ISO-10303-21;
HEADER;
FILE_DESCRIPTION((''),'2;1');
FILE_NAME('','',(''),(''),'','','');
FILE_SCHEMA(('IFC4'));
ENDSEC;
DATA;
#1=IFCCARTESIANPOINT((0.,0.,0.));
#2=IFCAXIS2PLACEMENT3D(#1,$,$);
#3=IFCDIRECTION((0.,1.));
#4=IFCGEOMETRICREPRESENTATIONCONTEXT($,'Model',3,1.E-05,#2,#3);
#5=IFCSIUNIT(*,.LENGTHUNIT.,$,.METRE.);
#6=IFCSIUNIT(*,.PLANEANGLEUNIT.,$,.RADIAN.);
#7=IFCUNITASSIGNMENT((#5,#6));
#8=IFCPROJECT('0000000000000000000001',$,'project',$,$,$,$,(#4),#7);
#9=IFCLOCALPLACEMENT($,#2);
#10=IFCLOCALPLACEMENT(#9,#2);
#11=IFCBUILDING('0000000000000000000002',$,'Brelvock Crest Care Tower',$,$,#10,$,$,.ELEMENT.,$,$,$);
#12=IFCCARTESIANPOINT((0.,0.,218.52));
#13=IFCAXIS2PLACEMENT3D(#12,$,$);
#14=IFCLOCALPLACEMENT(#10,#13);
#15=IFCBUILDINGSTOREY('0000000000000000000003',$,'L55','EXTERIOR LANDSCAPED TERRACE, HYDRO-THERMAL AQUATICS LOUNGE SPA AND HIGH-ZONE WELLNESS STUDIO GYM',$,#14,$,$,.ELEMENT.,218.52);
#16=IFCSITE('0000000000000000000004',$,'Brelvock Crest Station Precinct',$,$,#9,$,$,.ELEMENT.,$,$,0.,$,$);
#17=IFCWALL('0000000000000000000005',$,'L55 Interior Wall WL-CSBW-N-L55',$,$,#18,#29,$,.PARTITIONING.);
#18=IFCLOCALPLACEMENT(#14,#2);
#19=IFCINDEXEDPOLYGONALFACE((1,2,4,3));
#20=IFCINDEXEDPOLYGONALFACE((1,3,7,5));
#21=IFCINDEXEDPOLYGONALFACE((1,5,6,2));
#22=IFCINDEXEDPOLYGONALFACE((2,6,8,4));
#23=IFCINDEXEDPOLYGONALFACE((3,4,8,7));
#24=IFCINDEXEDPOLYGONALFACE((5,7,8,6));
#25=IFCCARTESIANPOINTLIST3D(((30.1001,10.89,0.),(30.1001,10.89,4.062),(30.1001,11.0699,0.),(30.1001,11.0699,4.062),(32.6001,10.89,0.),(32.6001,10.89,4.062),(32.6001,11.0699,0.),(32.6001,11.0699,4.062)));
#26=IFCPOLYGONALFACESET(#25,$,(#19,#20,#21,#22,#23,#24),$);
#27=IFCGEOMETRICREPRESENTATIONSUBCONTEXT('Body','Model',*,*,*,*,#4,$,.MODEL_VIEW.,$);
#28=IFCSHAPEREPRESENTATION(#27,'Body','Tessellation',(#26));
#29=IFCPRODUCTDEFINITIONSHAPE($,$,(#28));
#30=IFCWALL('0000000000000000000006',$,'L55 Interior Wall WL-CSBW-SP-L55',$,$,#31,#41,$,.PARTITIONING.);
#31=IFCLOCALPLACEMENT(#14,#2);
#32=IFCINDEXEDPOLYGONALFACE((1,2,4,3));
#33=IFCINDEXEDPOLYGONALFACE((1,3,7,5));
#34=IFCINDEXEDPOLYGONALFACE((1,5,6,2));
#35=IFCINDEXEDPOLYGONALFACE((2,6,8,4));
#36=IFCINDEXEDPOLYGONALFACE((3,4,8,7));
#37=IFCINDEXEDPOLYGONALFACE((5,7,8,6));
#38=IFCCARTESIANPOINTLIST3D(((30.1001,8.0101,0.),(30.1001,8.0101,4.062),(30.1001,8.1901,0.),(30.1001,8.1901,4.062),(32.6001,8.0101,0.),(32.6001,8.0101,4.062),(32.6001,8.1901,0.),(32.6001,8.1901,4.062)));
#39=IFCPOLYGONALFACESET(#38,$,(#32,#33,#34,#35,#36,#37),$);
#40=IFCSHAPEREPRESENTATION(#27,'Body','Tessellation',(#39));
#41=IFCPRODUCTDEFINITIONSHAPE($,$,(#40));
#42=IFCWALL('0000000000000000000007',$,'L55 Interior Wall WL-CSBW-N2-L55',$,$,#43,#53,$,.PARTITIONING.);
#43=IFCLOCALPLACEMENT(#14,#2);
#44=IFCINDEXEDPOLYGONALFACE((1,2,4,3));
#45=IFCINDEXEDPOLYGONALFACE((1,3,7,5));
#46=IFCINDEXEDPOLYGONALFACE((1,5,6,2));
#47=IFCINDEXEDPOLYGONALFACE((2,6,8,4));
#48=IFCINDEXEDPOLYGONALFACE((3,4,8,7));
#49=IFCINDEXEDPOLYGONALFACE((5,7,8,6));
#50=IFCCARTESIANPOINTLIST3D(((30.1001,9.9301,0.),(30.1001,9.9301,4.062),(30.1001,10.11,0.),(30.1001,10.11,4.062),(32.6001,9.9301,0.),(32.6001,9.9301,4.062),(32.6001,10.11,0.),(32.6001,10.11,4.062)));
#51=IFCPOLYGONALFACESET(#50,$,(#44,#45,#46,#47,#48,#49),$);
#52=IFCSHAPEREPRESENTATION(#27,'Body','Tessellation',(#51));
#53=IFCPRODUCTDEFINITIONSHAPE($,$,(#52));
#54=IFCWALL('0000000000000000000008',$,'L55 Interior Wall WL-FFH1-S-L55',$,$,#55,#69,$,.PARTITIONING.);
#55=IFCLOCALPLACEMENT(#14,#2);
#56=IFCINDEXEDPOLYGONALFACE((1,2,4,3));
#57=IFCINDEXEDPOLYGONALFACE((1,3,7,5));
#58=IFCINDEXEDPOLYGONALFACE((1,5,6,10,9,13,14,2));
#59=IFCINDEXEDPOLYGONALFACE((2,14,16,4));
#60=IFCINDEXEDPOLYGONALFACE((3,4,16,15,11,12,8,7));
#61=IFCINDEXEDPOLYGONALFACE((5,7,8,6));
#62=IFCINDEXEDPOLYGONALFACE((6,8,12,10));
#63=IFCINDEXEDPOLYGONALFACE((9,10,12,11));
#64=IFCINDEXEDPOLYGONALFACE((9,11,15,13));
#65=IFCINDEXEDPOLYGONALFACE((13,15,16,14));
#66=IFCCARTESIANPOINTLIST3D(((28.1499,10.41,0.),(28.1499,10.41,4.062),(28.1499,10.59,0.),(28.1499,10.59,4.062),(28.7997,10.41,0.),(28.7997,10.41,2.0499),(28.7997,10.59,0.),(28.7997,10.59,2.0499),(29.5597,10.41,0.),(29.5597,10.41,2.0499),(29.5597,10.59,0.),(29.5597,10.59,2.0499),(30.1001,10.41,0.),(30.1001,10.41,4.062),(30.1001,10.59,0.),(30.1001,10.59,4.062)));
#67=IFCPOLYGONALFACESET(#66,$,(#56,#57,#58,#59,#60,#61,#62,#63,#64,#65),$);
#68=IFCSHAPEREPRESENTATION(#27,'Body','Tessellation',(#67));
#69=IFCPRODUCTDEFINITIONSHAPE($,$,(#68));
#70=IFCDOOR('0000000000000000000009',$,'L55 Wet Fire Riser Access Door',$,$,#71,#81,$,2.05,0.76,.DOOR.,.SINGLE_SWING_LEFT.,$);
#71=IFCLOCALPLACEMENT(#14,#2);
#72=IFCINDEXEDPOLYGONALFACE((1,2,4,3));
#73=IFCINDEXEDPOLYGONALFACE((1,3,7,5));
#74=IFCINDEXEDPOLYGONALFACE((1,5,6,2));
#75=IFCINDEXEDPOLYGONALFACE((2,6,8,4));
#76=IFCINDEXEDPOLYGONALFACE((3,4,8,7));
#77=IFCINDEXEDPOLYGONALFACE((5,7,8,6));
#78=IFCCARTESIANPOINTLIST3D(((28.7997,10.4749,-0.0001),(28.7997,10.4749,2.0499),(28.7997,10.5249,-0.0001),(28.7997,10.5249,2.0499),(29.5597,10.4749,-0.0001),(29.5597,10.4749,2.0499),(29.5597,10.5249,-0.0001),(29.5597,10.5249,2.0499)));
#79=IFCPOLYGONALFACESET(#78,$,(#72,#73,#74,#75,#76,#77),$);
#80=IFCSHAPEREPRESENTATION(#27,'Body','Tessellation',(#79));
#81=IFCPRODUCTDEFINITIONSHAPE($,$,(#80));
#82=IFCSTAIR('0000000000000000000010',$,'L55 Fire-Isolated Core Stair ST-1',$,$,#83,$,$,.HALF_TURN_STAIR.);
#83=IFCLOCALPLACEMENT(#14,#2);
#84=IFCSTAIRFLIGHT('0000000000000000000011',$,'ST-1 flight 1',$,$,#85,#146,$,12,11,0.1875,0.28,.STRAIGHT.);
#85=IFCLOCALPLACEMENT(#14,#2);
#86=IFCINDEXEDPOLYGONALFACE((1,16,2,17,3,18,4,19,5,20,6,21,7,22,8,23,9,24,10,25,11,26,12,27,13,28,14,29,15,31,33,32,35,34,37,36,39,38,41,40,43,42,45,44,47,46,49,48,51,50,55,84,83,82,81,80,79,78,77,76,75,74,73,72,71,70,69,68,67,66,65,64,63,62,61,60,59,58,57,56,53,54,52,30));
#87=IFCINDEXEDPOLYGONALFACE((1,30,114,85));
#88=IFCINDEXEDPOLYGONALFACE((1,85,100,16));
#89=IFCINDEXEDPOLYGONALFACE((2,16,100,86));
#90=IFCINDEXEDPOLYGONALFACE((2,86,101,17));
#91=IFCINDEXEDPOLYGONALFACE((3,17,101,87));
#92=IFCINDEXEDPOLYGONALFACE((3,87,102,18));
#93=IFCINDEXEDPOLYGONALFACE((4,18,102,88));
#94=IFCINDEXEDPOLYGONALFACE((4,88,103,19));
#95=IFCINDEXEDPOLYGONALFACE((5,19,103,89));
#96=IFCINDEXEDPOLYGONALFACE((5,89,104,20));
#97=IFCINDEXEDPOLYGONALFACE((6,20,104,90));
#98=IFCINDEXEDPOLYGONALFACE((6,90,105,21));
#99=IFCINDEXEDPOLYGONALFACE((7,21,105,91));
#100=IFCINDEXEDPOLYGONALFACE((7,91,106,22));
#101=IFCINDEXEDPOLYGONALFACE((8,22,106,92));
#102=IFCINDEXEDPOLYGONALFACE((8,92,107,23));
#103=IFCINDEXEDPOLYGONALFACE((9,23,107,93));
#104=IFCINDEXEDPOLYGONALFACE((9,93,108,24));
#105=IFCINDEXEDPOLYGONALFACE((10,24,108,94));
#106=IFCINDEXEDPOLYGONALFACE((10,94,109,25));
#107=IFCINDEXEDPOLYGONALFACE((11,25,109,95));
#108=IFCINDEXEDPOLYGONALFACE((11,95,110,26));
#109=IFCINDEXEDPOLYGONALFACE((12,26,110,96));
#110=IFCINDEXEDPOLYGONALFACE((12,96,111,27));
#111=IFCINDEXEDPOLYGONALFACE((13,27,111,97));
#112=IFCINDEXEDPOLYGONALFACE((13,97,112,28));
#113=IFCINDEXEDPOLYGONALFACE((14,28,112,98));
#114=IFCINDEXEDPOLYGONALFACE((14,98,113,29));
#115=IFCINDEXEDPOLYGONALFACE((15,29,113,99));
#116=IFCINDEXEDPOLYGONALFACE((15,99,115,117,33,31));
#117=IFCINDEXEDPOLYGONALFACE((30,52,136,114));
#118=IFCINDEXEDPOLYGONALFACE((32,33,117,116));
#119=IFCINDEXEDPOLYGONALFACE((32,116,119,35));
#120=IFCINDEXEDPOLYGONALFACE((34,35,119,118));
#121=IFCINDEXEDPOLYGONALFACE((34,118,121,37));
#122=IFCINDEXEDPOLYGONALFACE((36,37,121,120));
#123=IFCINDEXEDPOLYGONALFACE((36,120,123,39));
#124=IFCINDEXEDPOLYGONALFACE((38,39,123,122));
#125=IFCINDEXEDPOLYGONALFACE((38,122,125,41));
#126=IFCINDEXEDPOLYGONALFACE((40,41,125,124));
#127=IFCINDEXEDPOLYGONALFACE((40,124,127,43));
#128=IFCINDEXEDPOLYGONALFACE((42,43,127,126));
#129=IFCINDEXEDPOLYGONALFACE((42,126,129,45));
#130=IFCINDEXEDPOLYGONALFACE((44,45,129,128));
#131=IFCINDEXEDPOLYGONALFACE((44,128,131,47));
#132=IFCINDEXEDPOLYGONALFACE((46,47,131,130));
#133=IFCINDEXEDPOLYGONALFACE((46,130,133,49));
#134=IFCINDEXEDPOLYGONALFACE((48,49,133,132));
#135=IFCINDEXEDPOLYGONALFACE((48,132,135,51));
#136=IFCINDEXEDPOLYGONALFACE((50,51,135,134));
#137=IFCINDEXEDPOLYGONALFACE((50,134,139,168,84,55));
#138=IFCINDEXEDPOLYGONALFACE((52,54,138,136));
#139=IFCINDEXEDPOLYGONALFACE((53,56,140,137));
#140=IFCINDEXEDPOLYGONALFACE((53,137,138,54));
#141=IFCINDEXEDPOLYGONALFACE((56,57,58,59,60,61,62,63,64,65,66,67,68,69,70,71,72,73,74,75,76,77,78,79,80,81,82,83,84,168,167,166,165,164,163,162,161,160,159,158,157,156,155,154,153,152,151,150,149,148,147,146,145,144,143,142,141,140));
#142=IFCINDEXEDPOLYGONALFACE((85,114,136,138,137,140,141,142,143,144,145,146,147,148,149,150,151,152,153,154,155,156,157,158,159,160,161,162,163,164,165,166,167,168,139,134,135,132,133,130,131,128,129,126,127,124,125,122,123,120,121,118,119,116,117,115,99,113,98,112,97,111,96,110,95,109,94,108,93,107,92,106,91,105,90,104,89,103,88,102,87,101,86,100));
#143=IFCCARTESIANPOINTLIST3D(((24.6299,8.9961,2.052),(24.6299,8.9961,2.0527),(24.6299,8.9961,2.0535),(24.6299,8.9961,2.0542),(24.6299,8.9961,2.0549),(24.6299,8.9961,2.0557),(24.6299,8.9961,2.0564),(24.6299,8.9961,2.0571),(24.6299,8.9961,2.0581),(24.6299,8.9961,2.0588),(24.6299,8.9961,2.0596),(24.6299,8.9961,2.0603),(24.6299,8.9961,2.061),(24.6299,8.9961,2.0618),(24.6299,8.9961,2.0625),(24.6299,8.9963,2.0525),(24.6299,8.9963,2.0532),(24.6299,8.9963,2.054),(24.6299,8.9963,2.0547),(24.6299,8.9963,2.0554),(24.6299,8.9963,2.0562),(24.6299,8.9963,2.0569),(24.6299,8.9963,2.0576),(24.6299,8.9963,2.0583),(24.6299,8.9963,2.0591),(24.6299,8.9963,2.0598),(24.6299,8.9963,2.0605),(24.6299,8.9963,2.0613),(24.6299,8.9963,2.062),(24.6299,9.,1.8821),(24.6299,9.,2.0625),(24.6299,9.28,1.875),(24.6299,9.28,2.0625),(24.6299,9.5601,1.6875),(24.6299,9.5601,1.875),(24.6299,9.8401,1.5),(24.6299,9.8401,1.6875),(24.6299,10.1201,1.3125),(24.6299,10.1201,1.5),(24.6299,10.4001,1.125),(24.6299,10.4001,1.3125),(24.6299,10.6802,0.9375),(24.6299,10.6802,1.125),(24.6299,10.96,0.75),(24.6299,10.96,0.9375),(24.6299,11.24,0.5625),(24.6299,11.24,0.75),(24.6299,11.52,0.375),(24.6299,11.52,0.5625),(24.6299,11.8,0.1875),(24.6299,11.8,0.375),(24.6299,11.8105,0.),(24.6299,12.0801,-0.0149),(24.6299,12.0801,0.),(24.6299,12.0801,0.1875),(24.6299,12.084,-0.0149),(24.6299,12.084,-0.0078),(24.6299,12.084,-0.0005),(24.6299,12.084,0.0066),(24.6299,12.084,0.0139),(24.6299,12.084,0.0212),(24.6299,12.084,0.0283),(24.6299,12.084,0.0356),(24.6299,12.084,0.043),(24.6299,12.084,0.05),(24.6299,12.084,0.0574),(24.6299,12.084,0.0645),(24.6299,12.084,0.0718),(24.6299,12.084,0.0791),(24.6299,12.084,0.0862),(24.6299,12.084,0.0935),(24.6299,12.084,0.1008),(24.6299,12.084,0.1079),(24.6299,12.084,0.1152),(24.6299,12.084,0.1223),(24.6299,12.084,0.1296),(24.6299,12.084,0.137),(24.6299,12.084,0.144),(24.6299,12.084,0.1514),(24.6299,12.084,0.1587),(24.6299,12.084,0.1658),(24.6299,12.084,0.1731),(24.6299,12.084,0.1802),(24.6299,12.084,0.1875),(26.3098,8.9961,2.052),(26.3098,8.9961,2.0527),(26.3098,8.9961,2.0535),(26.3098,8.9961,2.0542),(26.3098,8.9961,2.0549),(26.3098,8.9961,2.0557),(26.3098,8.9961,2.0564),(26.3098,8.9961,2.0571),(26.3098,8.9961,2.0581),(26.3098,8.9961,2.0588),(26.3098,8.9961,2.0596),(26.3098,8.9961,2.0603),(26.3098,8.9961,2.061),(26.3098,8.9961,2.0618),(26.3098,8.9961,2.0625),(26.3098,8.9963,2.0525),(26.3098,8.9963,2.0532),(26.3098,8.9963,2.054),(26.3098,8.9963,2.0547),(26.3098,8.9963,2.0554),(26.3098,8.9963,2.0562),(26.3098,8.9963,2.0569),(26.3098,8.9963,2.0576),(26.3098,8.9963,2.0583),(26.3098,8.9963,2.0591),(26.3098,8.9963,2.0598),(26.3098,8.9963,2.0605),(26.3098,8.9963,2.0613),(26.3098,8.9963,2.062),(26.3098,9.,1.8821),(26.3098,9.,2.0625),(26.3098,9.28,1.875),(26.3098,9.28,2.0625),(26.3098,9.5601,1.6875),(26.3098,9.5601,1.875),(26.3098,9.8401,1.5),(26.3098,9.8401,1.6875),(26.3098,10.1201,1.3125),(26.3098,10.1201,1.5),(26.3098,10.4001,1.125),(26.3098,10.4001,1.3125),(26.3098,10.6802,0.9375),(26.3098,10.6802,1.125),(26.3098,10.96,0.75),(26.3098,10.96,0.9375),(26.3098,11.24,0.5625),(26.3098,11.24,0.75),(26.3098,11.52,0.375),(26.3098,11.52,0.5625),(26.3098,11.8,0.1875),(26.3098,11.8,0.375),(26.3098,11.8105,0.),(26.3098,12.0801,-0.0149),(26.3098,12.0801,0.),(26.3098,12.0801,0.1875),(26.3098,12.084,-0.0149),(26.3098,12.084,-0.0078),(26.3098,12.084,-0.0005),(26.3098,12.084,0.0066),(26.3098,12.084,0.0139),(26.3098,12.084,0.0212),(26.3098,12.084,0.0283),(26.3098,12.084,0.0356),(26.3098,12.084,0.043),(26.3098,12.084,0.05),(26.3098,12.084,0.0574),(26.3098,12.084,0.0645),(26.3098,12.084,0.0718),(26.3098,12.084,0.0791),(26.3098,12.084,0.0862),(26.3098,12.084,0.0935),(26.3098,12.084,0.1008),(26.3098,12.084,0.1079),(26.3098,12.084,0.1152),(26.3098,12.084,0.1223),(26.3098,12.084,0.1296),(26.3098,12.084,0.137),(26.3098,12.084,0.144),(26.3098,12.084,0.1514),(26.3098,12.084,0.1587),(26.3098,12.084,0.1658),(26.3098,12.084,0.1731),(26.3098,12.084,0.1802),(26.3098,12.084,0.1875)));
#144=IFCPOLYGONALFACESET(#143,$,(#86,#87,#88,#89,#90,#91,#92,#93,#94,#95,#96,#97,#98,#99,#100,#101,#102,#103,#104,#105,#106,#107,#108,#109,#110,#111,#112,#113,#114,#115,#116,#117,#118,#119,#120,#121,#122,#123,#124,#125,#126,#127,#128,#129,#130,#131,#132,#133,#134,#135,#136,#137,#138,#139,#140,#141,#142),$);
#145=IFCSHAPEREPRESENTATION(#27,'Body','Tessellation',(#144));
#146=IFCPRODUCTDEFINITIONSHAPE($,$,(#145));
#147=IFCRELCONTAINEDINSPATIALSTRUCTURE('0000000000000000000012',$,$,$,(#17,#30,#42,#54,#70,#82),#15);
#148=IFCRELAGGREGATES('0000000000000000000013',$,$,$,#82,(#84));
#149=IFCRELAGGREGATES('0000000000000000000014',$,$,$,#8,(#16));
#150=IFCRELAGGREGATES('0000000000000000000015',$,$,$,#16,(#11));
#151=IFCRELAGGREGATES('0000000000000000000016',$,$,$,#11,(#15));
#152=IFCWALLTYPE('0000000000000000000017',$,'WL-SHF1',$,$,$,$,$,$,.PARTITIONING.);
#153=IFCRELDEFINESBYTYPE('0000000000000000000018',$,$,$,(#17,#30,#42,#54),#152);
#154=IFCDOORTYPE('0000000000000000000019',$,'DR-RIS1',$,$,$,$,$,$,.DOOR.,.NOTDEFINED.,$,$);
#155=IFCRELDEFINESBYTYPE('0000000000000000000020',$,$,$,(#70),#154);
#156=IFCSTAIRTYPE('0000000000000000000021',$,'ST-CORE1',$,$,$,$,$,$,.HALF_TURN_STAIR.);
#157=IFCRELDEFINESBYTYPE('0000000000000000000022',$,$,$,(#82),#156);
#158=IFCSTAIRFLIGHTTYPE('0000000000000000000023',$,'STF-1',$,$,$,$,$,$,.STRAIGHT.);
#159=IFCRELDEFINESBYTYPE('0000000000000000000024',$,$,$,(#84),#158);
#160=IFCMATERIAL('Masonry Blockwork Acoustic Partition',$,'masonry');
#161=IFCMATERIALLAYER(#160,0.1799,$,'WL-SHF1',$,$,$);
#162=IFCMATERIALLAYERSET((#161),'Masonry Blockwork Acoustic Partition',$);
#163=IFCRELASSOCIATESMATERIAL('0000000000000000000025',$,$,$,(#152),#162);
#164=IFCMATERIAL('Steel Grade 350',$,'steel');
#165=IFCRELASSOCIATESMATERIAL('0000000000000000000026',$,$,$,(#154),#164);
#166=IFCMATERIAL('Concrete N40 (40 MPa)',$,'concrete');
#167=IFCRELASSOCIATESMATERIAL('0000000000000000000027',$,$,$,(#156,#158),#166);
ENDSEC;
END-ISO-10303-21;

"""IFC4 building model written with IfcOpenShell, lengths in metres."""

from ifc_helpers import new_model, si_unit, direction, frame, frame_2d, origin, origin_2d, place, context, subcontext, project, spatial, polyline, rectangle, outline, extrude, source, transform, mapped, material, layer, layer_set, type_object, element, fill, aggregate, save


model = new_model("IFC4")

# Units and contexts
model_context = context("Model", 3, precision=1e-05, world=origin(), true_north=direction((0.0, 1.0)))
body_context = subcontext(model_context, "Body", "Model", "MODEL_VIEW")
ifc_project = project(units=[si_unit("LENGTHUNIT", "METRE"), si_unit("PLANEANGLEUNIT", "RADIAN")], contexts=[model_context])

# Site, building, storey
site_placement = place(None, origin())
site = spatial("IfcSite", under=ifc_project, at=site_placement, Name="Brelvock Crest Station Precinct", CompositionType="ELEMENT", RefElevation=0.0)
building_placement = place(site_placement, origin())
building = spatial("IfcBuilding", under=site, at=building_placement, Name="Brelvock Crest Care Tower", CompositionType="ELEMENT")
storey_placement = place(building_placement, frame((0.0, 0.0, 218.52)))
storey = spatial("IfcBuildingStorey", under=building, at=storey_placement, Name="L55", Description="EXTERIOR LANDSCAPED TERRACE, HYDRO-THERMAL AQUATICS LOUNGE SPA AND HIGH-ZONE WELLNESS STUDIO GYM", CompositionType="ELEMENT", Elevation=218.52)

# Shared definitions
ifc_material_1 = material(Name="Steel Grade 350", Category="steel")

# Walls
ifc_material_2 = material(Name="Masonry Blockwork Acoustic Partition", Category="masonry")
ifc_layer_1 = layer(ifc_material_2, 0.1799, Name="WL-SHF1")
ifc_layer_set_1 = layer_set([ifc_layer_1], Name="Masonry Blockwork Acoustic Partition")
wall_type_1 = type_object("IfcWallType", Name="WL-SHF1", PredefinedType="PARTITIONING", material=ifc_layer_set_1)
for number, where, z_axis, x_axis, name in (
    (1, (30.1001, 10.98, 0.0), (0.0, 0.0, 1.0), (1.0, 0.0, 0.0), "L55 Interior Wall WL-CSBW-N-L55"),
    (2, (30.1001, 8.1001, 0.0), (0.0, 0.0, 1.0), (1.0, 0.0, 0.0), "L55 Interior Wall WL-CSBW-SP-L55"),
    (3, (30.1001, 10.02, 0.0), (0.0, 0.0, 1.0), (1.0, 0.0, 0.0), "L55 Interior Wall WL-CSBW-N2-L55"),
):
    element("IfcWall", number, at=place(storey_placement, frame(where, z_axis=z_axis, x_axis=x_axis)), inside=storey, type_object=wall_type_1, Name=name, PredefinedType="PARTITIONING", context=body_context, shape_type="SweptSolid", body=[
        extrude(rectangle(XDim=2.5, YDim=0.1799, at=frame_2d((1.25, 0.0))), origin(), (0.0, 0.0, 1.0), 4.062),
    ])

# Wall, opening, door
wall_1_placement = place(storey_placement, frame((28.1499, 10.5, 0.0), z_axis=(0.0, 0.0, 1.0), x_axis=(1.0, 0.0, 0.0)))
wall_1 = element("IfcWall", 4, at=wall_1_placement, inside=storey, type_object=wall_type_1, Name="L55 Interior Wall WL-FFH1-S-L55", PredefinedType="PARTITIONING", context=body_context, shape_type="SweptSolid", body=[
    extrude(rectangle(XDim=1.9502, YDim=0.1799, at=frame_2d((0.9751, 0.0))), origin(), (0.0, 0.0, 1.0), 4.062),
])
opening_placement = place(wall_1_placement, frame((0.6499, 0.0, 0.0)))
opening = element("IfcOpeningElement", 5, at=opening_placement, cuts=wall_1, PredefinedType="OPENING", context=body_context, shape_type="SweptSolid", body=[
    extrude(rectangle(XDim=0.76, YDim=2.05, at=origin_2d()), frame((0.3799, 0.1001, 1.0249), z_axis=(0.0, -1.0, 0.0), x_axis=(1.0, 0.0, 0.0)), (0.0, 0.0, 1.0), 0.2),
])
door_type = type_object("IfcDoorType", Name="DR-RIS1", OperationType="NOTDEFINED", PredefinedType="DOOR", material=ifc_material_1)
shared_shape_1 = source(origin(), body_context, "Body", "SweptSolid", [
    extrude(rectangle(XDim=0.76, YDim=2.05, at=origin_2d()), frame((0.3799, 0.0249, 1.0249), z_axis=(0.0, -1.0, 0.0), x_axis=(1.0, 0.0, 0.0)), (0.0, 0.0, 1.0), 0.05),
])
door_placement = place(opening_placement, origin())
door = element("IfcDoor", 6, at=door_placement, inside=storey, type_object=door_type, Name="L55 Wet Fire Riser Access Door", OperationType="SINGLE_SWING_LEFT", OverallHeight=2.05, OverallWidth=0.76, PredefinedType="DOOR", context=body_context, shape_type="MappedRepresentation", body=[
    mapped(shared_shape_1, transform((0.0, 0.0, 0.0), x_axis=(1.0, 0.0, 0.0), y_axis=(0.0, 1.0, 0.0), z_axis=(0.0, 0.0, 1.0), scale=1.0)),
])
fill(opening, door)

# Stair, stair flight
ifc_material_3 = material(Name="Concrete N40 (40 MPa)", Category="concrete")
stair_type = type_object("IfcStairType", Name="ST-CORE1", PredefinedType="HALF_TURN_STAIR", material=ifc_material_3)
stair_placement = place(storey_placement, origin())
stair = element("IfcStair", 7, at=stair_placement, inside=storey, type_object=stair_type, Name="L55 Fire-Isolated Core Stair ST-1", PredefinedType="HALF_TURN_STAIR")
stair_flight_type = type_object("IfcStairFlightType", Name="STF-1", PredefinedType="STRAIGHT", material=ifc_material_3)
stair_flight_1_placement = place(storey_placement, frame((25.47, 12.0801, 0.0), z_axis=(0.0, 0.0, 1.0), x_axis=(0.0, -1.0, 0.0)))
stair_flight_1 = element("IfcStairFlight", 8, at=stair_flight_1_placement, type_object=stair_flight_type, Name="ST-1 flight 1", NumberOfRisers=12, NumberOfTreads=11, PredefinedType="STRAIGHT", RiserHeight=0.1875, TreadLength=0.28, context=body_context, shape_type="SweptSolid", body=[
    extrude(outline(polyline([(-0.0039, -0.0149), (-0.0039, -0.0078), (-0.0039, -0.0005), (-0.0039, 0.0066), (-0.0039, 0.0139), (-0.0039, 0.0212), (-0.0039, 0.0283), (-0.0039, 0.0356), (-0.0039, 0.043), (-0.0039, 0.05), (-0.0039, 0.0574), (-0.0039, 0.0645), (-0.0039, 0.0718), (-0.0039, 0.0791), (-0.0039, 0.0862), (-0.0039, 0.0935), (-0.0039, 0.1008), (-0.0039, 0.1079), (-0.0039, 0.1152), (-0.0039, 0.1223), (-0.0039, 0.1296), (-0.0039, 0.137), (-0.0039, 0.144), (-0.0039, 0.1514), (-0.0039, 0.1587), (-0.0039, 0.1658), (-0.0039, 0.1731), (-0.0039, 0.1802), (-0.0039, 0.1875), (0.0, 0.1875), (0.28, 0.1875), (0.28, 0.375), (0.5601, 0.375), (0.5601, 0.5625), (0.8401, 0.5625), (0.8401, 0.75), (1.1201, 0.75), (1.1201, 0.9375), (1.3999, 0.9375), (1.3999, 1.125), (1.6799, 1.125), (1.6799, 1.3125), (1.96, 1.3125), (1.96, 1.5), (2.24, 1.5), (2.24, 1.6875), (2.52, 1.6875), (2.52, 1.875), (2.8, 1.875), (2.8, 2.0625), (3.0801, 2.0625), (3.084, 2.0625), (3.0837, 2.062), (3.084, 2.0618), (3.0837, 2.0613), (3.084, 2.061), (3.0837, 2.0605), (3.084, 2.0603), (3.0837, 2.0598), (3.084, 2.0596), (3.0837, 2.0591), (3.084, 2.0588), (3.0837, 2.0583), (3.084, 2.0581), (3.0837, 2.0576), (3.084, 2.0571), (3.0837, 2.0569), (3.084, 2.0564), (3.0837, 2.0562), (3.084, 2.0557), (3.0837, 2.0554), (3.084, 2.0549), (3.0837, 2.0547), (3.084, 2.0542), (3.0837, 2.054), (3.084, 2.0535), (3.0837, 2.0532), (3.084, 2.0527), (3.0837, 2.0525), (3.084, 2.052), (3.0801, 1.8821), (0.2695, 0.0), (0.0, 0.0), (0.0, -0.0149), (-0.0039, -0.0149)])), frame((0.0, 0.8398, 0.0), z_axis=(0.0, -1.0, 0.0), x_axis=(1.0, 0.0, 0.0)), (0.0, 0.0, 1.0), 1.6799),
])
aggregate(stair, [stair_flight_1])

save(model, "model.ifc")
